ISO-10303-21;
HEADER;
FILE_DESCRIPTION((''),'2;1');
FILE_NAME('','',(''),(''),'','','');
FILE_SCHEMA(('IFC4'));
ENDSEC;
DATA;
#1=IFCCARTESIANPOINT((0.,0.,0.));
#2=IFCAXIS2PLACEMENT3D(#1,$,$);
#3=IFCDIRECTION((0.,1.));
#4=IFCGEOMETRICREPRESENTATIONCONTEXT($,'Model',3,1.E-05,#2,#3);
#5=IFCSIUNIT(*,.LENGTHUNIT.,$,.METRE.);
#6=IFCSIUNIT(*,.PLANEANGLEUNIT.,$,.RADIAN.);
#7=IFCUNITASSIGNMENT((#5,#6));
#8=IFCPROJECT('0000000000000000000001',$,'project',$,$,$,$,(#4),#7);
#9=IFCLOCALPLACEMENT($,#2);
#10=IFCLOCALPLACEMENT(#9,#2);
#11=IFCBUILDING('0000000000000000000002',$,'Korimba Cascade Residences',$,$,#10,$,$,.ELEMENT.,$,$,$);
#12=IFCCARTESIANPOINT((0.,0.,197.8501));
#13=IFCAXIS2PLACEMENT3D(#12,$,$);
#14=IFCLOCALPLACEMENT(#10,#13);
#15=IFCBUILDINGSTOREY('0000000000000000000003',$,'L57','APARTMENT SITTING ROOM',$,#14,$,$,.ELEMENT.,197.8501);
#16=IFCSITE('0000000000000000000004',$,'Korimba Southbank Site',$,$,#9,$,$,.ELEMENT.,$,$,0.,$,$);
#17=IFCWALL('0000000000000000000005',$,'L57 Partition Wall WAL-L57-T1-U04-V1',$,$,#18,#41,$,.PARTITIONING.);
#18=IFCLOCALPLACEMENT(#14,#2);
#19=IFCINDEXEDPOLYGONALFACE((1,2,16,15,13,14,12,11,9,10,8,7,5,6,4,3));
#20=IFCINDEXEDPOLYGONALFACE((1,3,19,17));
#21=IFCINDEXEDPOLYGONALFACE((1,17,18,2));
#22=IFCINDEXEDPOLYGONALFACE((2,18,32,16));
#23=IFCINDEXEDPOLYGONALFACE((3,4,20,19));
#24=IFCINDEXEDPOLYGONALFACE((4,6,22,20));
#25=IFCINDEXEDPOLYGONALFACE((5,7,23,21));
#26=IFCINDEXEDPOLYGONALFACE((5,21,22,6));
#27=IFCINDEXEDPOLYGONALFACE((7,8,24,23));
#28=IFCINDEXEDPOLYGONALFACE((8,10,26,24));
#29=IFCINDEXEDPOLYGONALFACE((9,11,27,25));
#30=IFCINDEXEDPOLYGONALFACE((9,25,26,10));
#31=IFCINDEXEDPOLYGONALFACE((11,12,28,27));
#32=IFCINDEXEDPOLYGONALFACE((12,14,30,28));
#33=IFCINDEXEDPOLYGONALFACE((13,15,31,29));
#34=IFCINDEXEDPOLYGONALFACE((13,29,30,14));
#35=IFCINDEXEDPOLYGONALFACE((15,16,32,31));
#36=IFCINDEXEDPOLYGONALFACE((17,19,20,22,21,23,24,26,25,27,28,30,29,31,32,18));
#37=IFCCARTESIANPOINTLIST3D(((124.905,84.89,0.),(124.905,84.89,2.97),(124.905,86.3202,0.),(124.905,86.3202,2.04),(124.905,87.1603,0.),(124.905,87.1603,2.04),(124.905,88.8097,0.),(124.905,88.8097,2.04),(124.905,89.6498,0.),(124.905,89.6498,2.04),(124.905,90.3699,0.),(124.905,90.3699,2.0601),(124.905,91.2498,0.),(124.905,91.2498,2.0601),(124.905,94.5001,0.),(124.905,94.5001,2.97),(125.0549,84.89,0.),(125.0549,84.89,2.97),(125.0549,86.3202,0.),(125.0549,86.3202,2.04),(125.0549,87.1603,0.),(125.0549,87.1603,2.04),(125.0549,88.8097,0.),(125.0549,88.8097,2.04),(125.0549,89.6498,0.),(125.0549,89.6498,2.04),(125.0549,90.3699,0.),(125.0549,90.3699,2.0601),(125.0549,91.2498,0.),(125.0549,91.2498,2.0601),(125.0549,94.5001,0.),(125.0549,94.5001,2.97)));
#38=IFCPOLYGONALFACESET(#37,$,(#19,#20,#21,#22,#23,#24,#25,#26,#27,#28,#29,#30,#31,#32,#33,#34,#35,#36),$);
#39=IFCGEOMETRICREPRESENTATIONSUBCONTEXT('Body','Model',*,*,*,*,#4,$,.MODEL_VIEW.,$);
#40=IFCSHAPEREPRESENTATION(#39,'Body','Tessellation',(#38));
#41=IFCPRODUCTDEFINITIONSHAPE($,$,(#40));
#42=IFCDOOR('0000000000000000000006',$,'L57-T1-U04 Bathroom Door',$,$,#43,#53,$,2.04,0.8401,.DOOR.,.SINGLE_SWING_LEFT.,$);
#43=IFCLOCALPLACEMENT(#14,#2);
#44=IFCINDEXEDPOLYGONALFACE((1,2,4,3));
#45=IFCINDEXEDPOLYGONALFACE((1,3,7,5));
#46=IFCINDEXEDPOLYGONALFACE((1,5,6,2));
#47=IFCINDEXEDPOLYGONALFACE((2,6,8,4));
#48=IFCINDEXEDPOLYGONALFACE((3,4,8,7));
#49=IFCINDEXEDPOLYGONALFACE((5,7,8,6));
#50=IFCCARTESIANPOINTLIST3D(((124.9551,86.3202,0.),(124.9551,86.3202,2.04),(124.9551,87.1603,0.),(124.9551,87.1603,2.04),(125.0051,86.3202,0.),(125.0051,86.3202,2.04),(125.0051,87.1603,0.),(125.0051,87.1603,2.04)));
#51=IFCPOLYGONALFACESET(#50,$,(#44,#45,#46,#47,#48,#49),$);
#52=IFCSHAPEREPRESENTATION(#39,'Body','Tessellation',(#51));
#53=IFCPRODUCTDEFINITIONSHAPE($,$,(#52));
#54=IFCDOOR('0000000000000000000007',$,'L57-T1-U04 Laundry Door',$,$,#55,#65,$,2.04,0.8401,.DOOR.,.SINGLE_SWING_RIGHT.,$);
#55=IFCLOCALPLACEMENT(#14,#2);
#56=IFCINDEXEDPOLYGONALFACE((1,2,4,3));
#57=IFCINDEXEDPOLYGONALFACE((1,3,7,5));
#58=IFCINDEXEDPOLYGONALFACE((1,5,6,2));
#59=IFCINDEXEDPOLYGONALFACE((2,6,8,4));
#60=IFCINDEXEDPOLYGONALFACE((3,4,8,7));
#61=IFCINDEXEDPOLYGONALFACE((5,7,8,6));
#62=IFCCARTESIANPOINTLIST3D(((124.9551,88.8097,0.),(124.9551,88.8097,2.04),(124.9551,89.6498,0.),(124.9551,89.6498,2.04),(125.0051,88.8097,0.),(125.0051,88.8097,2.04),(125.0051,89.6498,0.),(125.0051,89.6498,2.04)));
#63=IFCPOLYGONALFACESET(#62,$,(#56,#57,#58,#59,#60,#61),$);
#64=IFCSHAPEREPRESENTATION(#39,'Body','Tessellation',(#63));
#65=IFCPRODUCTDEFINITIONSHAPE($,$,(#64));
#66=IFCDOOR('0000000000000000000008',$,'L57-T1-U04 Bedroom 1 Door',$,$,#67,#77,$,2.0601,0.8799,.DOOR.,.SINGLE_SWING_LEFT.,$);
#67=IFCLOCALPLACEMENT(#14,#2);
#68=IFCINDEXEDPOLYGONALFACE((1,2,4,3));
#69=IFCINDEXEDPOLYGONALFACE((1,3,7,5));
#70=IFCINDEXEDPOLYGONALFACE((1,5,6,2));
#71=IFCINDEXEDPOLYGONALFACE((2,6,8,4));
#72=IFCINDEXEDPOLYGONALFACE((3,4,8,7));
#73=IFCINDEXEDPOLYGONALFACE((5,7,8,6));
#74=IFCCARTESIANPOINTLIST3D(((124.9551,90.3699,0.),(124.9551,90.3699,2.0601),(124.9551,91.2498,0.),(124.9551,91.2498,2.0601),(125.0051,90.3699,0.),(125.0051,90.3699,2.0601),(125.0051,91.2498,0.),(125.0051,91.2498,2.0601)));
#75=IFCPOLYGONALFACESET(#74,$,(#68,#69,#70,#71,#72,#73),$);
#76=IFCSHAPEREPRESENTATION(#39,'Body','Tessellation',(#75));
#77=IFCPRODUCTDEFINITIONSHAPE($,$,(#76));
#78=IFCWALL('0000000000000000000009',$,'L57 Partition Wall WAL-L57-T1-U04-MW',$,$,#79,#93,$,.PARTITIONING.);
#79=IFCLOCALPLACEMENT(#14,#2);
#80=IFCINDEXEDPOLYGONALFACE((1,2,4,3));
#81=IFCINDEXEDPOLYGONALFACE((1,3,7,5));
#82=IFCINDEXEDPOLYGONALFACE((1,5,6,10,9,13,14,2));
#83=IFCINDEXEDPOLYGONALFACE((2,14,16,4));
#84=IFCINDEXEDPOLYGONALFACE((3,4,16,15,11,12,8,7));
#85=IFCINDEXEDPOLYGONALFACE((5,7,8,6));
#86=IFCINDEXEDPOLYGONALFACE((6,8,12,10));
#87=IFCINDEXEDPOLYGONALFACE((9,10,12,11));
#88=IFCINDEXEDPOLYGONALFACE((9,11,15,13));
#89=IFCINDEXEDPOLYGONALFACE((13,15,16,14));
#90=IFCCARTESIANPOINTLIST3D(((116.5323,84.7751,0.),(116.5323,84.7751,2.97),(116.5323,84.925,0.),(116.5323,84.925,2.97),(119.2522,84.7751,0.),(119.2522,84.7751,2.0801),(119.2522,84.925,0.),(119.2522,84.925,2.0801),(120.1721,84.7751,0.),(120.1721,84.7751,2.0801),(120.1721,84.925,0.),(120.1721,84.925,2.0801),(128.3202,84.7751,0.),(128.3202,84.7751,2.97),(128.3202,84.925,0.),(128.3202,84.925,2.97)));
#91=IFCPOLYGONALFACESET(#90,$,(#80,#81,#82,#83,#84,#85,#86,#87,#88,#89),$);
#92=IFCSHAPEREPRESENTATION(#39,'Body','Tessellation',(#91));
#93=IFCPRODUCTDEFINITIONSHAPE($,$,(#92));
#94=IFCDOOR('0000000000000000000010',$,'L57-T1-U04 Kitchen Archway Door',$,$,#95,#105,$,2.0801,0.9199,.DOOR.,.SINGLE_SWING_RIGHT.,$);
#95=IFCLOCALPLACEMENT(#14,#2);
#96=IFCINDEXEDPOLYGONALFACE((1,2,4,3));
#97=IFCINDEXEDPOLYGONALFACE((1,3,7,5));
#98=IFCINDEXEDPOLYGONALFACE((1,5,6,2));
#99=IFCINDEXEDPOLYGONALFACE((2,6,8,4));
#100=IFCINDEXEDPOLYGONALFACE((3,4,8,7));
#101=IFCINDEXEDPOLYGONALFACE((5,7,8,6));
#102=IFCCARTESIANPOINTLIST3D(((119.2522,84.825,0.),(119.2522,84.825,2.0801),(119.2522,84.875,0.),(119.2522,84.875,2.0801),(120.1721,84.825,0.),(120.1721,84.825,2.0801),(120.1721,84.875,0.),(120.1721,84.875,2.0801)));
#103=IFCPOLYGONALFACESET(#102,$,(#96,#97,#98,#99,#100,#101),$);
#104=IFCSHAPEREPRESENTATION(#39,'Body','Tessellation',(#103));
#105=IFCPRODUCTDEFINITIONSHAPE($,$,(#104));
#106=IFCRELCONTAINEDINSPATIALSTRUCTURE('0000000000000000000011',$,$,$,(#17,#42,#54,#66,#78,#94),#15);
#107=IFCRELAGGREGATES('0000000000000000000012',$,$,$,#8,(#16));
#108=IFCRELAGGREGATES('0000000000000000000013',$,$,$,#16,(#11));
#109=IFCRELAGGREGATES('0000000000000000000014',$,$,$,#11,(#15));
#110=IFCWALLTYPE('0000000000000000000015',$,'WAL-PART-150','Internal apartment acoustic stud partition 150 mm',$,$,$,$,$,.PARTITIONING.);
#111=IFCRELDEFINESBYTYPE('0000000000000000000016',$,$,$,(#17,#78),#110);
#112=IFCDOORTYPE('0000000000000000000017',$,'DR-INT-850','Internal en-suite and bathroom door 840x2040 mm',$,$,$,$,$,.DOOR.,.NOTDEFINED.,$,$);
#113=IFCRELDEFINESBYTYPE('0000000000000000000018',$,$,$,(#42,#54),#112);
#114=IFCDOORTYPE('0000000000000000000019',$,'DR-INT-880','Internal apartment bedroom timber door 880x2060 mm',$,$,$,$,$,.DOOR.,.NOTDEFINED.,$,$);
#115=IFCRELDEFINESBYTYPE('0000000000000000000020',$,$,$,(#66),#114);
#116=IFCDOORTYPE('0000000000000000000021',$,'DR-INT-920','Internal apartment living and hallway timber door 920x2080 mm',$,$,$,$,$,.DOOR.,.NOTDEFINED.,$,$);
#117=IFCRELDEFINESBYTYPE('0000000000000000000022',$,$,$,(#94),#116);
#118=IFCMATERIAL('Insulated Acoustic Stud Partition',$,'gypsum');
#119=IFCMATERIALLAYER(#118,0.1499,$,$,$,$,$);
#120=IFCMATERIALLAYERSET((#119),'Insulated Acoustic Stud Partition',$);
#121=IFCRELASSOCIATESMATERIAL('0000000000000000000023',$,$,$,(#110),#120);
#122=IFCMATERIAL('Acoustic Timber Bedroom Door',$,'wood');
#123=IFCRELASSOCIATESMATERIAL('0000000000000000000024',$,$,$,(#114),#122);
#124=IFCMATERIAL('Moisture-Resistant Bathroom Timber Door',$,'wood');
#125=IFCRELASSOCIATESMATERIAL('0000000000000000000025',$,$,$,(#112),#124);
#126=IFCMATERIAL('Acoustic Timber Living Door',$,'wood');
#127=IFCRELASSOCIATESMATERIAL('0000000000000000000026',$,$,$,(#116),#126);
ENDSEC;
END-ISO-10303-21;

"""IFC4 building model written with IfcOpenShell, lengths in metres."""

from ifc_helpers import new_model, si_unit, direction, frame, frame_2d, origin, place, context, subcontext, project, spatial, rectangle, extrude, material, layer, layer_set, type_object, element, fill, save


model = new_model("IFC4")

# Units and contexts
model_context = context("Model", 3, precision=1e-05, world=origin(), true_north=direction((0.0, 1.0)))
body_context = subcontext(model_context, "Body", "Model", "MODEL_VIEW")
ifc_project = project(units=[si_unit("LENGTHUNIT", "METRE"), si_unit("PLANEANGLEUNIT", "RADIAN")], contexts=[model_context])

# Site, building, storey
site_placement = place(None, origin())
site = spatial("IfcSite", under=ifc_project, at=site_placement, Name="Korimba Southbank Site", CompositionType="ELEMENT", RefElevation=0.0)
building_placement = place(site_placement, origin())
building = spatial("IfcBuilding", under=site, at=building_placement, Name="Korimba Cascade Residences", CompositionType="ELEMENT")
storey_placement = place(building_placement, frame((0.0, 0.0, 197.8501)))
storey = spatial("IfcBuildingStorey", under=building, at=storey_placement, Name="L57", Description="APARTMENT SITTING ROOM", CompositionType="ELEMENT", Elevation=197.8501)

# Shared definitions
ifc_material_1 = material(Name="Insulated Acoustic Stud Partition", Category="gypsum")
ifc_layer_1 = layer(ifc_material_1, 0.1499)
ifc_layer_set_1 = layer_set([ifc_layer_1], Name="Insulated Acoustic Stud Partition")
wall_type_1 = type_object("IfcWallType", Name="WAL-PART-150", Description="Internal apartment acoustic stud partition 150 mm", PredefinedType="PARTITIONING", material=ifc_layer_set_1)
ifc_material_2 = material(Name="Acoustic Timber Bedroom Door", Category="wood")
door_type_1 = type_object("IfcDoorType", Name="DR-INT-880", Description="Internal apartment bedroom timber door 880x2060 mm", OperationType="NOTDEFINED", PredefinedType="DOOR", material=ifc_material_2)

# Wall, openings, doors
wall_1_placement = place(storey_placement, frame((124.98, 84.8899, 0.0), z_axis=(0.0, 0.0, 1.0), x_axis=(0.0, 1.0, 0.0)))
wall_1 = element("IfcWall", 1, at=wall_1_placement, inside=storey, type_object=wall_type_1, Name="L57 Partition Wall WAL-L57-T1-U04-V1", PredefinedType="PARTITIONING", context=body_context, shape_type="SweptSolid", body=[
    extrude(rectangle(XDim=9.6101, YDim=0.1499, at=frame_2d((4.8052, 0.0))), origin(), (0.0, 0.0, 1.0), 2.97),
])
opening_1_placement = place(wall_1_placement, frame((1.4304, 0.0, 0.0)))
opening_1 = element("IfcOpeningElement", 2, at=opening_1_placement, cuts=wall_1, PredefinedType="OPENING", context=body_context, shape_type="SweptSolid", body=[
    extrude(rectangle(XDim=0.8401, YDim=2.04, at=frame_2d((0.4199, 1.02))), frame((0.0, 0.085, 0.0), z_axis=(0.0, -1.0, 0.0), x_axis=(1.0, 0.0, 0.0)), (0.0, 0.0, 1.0), 0.1699),
])
opening_2_placement = place(wall_1_placement, frame((3.9199, 0.0, 0.0)))
opening_2 = element("IfcOpeningElement", 3, at=opening_2_placement, cuts=wall_1, PredefinedType="OPENING", context=body_context, shape_type="SweptSolid", body=[
    extrude(rectangle(XDim=0.8401, YDim=2.04, at=frame_2d((0.4199, 1.02))), frame((0.0, 0.085, 0.0), z_axis=(0.0, -1.0, 0.0), x_axis=(1.0, 0.0, 0.0)), (0.0, 0.0, 1.0), 0.1699),
])
opening_3_placement = place(wall_1_placement, frame((5.48, 0.0, 0.0)))
opening_3 = element("IfcOpeningElement", 4, at=opening_3_placement, cuts=wall_1, PredefinedType="OPENING", context=body_context, shape_type="SweptSolid", body=[
    extrude(rectangle(XDim=0.8799, YDim=2.0601, at=frame_2d((0.4399, 1.03))), frame((0.0, 0.085, 0.0), z_axis=(0.0, -1.0, 0.0), x_axis=(1.0, 0.0, 0.0)), (0.0, 0.0, 1.0), 0.1699),
])
ifc_material_3 = material(Name="Moisture-Resistant Bathroom Timber Door", Category="wood")
door_type_2 = type_object("IfcDoorType", Name="DR-INT-850", Description="Internal en-suite and bathroom door 840x2040 mm", OperationType="NOTDEFINED", PredefinedType="DOOR", material=ifc_material_3)
door_1_placement = place(opening_1_placement, origin())
door_1 = element("IfcDoor", 5, at=door_1_placement, inside=storey, type_object=door_type_2, Name="L57-T1-U04 Bathroom Door", OperationType="SINGLE_SWING_LEFT", OverallHeight=2.04, OverallWidth=0.8401, PredefinedType="DOOR", context=body_context, shape_type="SweptSolid", body=[
    extrude(rectangle(XDim=0.8401, YDim=2.04, at=frame_2d((0.4199, 1.02))), frame((0.0, 0.0249, 0.0), z_axis=(0.0, -1.0, 0.0), x_axis=(1.0, 0.0, 0.0)), (0.0, 0.0, 1.0), 0.05),
])
fill(opening_1, door_1)
door_2_placement = place(opening_2_placement, origin())
door_2 = element("IfcDoor", 6, at=door_2_placement, inside=storey, type_object=door_type_2, Name="L57-T1-U04 Laundry Door", OperationType="SINGLE_SWING_RIGHT", OverallHeight=2.04, OverallWidth=0.8401, PredefinedType="DOOR", context=body_context, shape_type="SweptSolid", body=[
    extrude(rectangle(XDim=0.8401, YDim=2.04, at=frame_2d((0.4199, 1.02))), frame((0.0, 0.0249, 0.0), z_axis=(0.0, -1.0, 0.0), x_axis=(1.0, 0.0, 0.0)), (0.0, 0.0, 1.0), 0.05),
])
fill(opening_2, door_2)
door_3_placement = place(opening_3_placement, origin())
door_3 = element("IfcDoor", 7, at=door_3_placement, inside=storey, type_object=door_type_1, Name="L57-T1-U04 Bedroom 1 Door", OperationType="SINGLE_SWING_LEFT", OverallHeight=2.0601, OverallWidth=0.8799, PredefinedType="DOOR", context=body_context, shape_type="SweptSolid", body=[
    extrude(rectangle(XDim=0.8799, YDim=2.0601, at=frame_2d((0.4399, 1.03))), frame((0.0, 0.0249, 0.0), z_axis=(0.0, -1.0, 0.0), x_axis=(1.0, 0.0, 0.0)), (0.0, 0.0, 1.0), 0.05),
])
fill(opening_3, door_3)

# Wall, opening, door
wall_2_placement = place(storey_placement, frame((116.5322, 84.8501, 0.0), z_axis=(0.0, 0.0, 1.0), x_axis=(1.0, 0.0, 0.0)))
wall_2 = element("IfcWall", 8, at=wall_2_placement, inside=storey, type_object=wall_type_1, Name="L57 Partition Wall WAL-L57-T1-U04-MW", PredefinedType="PARTITIONING", context=body_context, shape_type="SweptSolid", body=[
    extrude(rectangle(XDim=11.7878, YDim=0.1499, at=frame_2d((5.894, 0.0))), origin(), (0.0, 0.0, 1.0), 2.97),
])
opening_4_placement = place(wall_2_placement, frame((2.72, 0.0, 0.0)))
opening_4 = element("IfcOpeningElement", 9, at=opening_4_placement, cuts=wall_2, PredefinedType="OPENING", context=body_context, shape_type="SweptSolid", body=[
    extrude(rectangle(XDim=0.9199, YDim=2.0801, at=frame_2d((0.46, 1.04))), frame((0.0, 0.085, 0.0), z_axis=(0.0, -1.0, 0.0), x_axis=(1.0, 0.0, 0.0)), (0.0, 0.0, 1.0), 0.1699),
])
ifc_material_4 = material(Name="Acoustic Timber Living Door", Category="wood")
door_type_3 = type_object("IfcDoorType", Name="DR-INT-920", Description="Internal apartment living and hallway timber door 920x2080 mm", OperationType="NOTDEFINED", PredefinedType="DOOR", material=ifc_material_4)
door_4_placement = place(opening_4_placement, origin())
door_4 = element("IfcDoor", 10, at=door_4_placement, inside=storey, type_object=door_type_3, Name="L57-T1-U04 Kitchen Archway Door", OperationType="SINGLE_SWING_RIGHT", OverallHeight=2.0801, OverallWidth=0.9199, PredefinedType="DOOR", context=body_context, shape_type="SweptSolid", body=[
    extrude(rectangle(XDim=0.9199, YDim=2.0801, at=frame_2d((0.46, 1.04))), frame((0.0, 0.0249, 0.0), z_axis=(0.0, -1.0, 0.0), x_axis=(1.0, 0.0, 0.0)), (0.0, 0.0, 1.0), 0.05),
])
fill(opening_4, door_4)

save(model, "model.ifc")
